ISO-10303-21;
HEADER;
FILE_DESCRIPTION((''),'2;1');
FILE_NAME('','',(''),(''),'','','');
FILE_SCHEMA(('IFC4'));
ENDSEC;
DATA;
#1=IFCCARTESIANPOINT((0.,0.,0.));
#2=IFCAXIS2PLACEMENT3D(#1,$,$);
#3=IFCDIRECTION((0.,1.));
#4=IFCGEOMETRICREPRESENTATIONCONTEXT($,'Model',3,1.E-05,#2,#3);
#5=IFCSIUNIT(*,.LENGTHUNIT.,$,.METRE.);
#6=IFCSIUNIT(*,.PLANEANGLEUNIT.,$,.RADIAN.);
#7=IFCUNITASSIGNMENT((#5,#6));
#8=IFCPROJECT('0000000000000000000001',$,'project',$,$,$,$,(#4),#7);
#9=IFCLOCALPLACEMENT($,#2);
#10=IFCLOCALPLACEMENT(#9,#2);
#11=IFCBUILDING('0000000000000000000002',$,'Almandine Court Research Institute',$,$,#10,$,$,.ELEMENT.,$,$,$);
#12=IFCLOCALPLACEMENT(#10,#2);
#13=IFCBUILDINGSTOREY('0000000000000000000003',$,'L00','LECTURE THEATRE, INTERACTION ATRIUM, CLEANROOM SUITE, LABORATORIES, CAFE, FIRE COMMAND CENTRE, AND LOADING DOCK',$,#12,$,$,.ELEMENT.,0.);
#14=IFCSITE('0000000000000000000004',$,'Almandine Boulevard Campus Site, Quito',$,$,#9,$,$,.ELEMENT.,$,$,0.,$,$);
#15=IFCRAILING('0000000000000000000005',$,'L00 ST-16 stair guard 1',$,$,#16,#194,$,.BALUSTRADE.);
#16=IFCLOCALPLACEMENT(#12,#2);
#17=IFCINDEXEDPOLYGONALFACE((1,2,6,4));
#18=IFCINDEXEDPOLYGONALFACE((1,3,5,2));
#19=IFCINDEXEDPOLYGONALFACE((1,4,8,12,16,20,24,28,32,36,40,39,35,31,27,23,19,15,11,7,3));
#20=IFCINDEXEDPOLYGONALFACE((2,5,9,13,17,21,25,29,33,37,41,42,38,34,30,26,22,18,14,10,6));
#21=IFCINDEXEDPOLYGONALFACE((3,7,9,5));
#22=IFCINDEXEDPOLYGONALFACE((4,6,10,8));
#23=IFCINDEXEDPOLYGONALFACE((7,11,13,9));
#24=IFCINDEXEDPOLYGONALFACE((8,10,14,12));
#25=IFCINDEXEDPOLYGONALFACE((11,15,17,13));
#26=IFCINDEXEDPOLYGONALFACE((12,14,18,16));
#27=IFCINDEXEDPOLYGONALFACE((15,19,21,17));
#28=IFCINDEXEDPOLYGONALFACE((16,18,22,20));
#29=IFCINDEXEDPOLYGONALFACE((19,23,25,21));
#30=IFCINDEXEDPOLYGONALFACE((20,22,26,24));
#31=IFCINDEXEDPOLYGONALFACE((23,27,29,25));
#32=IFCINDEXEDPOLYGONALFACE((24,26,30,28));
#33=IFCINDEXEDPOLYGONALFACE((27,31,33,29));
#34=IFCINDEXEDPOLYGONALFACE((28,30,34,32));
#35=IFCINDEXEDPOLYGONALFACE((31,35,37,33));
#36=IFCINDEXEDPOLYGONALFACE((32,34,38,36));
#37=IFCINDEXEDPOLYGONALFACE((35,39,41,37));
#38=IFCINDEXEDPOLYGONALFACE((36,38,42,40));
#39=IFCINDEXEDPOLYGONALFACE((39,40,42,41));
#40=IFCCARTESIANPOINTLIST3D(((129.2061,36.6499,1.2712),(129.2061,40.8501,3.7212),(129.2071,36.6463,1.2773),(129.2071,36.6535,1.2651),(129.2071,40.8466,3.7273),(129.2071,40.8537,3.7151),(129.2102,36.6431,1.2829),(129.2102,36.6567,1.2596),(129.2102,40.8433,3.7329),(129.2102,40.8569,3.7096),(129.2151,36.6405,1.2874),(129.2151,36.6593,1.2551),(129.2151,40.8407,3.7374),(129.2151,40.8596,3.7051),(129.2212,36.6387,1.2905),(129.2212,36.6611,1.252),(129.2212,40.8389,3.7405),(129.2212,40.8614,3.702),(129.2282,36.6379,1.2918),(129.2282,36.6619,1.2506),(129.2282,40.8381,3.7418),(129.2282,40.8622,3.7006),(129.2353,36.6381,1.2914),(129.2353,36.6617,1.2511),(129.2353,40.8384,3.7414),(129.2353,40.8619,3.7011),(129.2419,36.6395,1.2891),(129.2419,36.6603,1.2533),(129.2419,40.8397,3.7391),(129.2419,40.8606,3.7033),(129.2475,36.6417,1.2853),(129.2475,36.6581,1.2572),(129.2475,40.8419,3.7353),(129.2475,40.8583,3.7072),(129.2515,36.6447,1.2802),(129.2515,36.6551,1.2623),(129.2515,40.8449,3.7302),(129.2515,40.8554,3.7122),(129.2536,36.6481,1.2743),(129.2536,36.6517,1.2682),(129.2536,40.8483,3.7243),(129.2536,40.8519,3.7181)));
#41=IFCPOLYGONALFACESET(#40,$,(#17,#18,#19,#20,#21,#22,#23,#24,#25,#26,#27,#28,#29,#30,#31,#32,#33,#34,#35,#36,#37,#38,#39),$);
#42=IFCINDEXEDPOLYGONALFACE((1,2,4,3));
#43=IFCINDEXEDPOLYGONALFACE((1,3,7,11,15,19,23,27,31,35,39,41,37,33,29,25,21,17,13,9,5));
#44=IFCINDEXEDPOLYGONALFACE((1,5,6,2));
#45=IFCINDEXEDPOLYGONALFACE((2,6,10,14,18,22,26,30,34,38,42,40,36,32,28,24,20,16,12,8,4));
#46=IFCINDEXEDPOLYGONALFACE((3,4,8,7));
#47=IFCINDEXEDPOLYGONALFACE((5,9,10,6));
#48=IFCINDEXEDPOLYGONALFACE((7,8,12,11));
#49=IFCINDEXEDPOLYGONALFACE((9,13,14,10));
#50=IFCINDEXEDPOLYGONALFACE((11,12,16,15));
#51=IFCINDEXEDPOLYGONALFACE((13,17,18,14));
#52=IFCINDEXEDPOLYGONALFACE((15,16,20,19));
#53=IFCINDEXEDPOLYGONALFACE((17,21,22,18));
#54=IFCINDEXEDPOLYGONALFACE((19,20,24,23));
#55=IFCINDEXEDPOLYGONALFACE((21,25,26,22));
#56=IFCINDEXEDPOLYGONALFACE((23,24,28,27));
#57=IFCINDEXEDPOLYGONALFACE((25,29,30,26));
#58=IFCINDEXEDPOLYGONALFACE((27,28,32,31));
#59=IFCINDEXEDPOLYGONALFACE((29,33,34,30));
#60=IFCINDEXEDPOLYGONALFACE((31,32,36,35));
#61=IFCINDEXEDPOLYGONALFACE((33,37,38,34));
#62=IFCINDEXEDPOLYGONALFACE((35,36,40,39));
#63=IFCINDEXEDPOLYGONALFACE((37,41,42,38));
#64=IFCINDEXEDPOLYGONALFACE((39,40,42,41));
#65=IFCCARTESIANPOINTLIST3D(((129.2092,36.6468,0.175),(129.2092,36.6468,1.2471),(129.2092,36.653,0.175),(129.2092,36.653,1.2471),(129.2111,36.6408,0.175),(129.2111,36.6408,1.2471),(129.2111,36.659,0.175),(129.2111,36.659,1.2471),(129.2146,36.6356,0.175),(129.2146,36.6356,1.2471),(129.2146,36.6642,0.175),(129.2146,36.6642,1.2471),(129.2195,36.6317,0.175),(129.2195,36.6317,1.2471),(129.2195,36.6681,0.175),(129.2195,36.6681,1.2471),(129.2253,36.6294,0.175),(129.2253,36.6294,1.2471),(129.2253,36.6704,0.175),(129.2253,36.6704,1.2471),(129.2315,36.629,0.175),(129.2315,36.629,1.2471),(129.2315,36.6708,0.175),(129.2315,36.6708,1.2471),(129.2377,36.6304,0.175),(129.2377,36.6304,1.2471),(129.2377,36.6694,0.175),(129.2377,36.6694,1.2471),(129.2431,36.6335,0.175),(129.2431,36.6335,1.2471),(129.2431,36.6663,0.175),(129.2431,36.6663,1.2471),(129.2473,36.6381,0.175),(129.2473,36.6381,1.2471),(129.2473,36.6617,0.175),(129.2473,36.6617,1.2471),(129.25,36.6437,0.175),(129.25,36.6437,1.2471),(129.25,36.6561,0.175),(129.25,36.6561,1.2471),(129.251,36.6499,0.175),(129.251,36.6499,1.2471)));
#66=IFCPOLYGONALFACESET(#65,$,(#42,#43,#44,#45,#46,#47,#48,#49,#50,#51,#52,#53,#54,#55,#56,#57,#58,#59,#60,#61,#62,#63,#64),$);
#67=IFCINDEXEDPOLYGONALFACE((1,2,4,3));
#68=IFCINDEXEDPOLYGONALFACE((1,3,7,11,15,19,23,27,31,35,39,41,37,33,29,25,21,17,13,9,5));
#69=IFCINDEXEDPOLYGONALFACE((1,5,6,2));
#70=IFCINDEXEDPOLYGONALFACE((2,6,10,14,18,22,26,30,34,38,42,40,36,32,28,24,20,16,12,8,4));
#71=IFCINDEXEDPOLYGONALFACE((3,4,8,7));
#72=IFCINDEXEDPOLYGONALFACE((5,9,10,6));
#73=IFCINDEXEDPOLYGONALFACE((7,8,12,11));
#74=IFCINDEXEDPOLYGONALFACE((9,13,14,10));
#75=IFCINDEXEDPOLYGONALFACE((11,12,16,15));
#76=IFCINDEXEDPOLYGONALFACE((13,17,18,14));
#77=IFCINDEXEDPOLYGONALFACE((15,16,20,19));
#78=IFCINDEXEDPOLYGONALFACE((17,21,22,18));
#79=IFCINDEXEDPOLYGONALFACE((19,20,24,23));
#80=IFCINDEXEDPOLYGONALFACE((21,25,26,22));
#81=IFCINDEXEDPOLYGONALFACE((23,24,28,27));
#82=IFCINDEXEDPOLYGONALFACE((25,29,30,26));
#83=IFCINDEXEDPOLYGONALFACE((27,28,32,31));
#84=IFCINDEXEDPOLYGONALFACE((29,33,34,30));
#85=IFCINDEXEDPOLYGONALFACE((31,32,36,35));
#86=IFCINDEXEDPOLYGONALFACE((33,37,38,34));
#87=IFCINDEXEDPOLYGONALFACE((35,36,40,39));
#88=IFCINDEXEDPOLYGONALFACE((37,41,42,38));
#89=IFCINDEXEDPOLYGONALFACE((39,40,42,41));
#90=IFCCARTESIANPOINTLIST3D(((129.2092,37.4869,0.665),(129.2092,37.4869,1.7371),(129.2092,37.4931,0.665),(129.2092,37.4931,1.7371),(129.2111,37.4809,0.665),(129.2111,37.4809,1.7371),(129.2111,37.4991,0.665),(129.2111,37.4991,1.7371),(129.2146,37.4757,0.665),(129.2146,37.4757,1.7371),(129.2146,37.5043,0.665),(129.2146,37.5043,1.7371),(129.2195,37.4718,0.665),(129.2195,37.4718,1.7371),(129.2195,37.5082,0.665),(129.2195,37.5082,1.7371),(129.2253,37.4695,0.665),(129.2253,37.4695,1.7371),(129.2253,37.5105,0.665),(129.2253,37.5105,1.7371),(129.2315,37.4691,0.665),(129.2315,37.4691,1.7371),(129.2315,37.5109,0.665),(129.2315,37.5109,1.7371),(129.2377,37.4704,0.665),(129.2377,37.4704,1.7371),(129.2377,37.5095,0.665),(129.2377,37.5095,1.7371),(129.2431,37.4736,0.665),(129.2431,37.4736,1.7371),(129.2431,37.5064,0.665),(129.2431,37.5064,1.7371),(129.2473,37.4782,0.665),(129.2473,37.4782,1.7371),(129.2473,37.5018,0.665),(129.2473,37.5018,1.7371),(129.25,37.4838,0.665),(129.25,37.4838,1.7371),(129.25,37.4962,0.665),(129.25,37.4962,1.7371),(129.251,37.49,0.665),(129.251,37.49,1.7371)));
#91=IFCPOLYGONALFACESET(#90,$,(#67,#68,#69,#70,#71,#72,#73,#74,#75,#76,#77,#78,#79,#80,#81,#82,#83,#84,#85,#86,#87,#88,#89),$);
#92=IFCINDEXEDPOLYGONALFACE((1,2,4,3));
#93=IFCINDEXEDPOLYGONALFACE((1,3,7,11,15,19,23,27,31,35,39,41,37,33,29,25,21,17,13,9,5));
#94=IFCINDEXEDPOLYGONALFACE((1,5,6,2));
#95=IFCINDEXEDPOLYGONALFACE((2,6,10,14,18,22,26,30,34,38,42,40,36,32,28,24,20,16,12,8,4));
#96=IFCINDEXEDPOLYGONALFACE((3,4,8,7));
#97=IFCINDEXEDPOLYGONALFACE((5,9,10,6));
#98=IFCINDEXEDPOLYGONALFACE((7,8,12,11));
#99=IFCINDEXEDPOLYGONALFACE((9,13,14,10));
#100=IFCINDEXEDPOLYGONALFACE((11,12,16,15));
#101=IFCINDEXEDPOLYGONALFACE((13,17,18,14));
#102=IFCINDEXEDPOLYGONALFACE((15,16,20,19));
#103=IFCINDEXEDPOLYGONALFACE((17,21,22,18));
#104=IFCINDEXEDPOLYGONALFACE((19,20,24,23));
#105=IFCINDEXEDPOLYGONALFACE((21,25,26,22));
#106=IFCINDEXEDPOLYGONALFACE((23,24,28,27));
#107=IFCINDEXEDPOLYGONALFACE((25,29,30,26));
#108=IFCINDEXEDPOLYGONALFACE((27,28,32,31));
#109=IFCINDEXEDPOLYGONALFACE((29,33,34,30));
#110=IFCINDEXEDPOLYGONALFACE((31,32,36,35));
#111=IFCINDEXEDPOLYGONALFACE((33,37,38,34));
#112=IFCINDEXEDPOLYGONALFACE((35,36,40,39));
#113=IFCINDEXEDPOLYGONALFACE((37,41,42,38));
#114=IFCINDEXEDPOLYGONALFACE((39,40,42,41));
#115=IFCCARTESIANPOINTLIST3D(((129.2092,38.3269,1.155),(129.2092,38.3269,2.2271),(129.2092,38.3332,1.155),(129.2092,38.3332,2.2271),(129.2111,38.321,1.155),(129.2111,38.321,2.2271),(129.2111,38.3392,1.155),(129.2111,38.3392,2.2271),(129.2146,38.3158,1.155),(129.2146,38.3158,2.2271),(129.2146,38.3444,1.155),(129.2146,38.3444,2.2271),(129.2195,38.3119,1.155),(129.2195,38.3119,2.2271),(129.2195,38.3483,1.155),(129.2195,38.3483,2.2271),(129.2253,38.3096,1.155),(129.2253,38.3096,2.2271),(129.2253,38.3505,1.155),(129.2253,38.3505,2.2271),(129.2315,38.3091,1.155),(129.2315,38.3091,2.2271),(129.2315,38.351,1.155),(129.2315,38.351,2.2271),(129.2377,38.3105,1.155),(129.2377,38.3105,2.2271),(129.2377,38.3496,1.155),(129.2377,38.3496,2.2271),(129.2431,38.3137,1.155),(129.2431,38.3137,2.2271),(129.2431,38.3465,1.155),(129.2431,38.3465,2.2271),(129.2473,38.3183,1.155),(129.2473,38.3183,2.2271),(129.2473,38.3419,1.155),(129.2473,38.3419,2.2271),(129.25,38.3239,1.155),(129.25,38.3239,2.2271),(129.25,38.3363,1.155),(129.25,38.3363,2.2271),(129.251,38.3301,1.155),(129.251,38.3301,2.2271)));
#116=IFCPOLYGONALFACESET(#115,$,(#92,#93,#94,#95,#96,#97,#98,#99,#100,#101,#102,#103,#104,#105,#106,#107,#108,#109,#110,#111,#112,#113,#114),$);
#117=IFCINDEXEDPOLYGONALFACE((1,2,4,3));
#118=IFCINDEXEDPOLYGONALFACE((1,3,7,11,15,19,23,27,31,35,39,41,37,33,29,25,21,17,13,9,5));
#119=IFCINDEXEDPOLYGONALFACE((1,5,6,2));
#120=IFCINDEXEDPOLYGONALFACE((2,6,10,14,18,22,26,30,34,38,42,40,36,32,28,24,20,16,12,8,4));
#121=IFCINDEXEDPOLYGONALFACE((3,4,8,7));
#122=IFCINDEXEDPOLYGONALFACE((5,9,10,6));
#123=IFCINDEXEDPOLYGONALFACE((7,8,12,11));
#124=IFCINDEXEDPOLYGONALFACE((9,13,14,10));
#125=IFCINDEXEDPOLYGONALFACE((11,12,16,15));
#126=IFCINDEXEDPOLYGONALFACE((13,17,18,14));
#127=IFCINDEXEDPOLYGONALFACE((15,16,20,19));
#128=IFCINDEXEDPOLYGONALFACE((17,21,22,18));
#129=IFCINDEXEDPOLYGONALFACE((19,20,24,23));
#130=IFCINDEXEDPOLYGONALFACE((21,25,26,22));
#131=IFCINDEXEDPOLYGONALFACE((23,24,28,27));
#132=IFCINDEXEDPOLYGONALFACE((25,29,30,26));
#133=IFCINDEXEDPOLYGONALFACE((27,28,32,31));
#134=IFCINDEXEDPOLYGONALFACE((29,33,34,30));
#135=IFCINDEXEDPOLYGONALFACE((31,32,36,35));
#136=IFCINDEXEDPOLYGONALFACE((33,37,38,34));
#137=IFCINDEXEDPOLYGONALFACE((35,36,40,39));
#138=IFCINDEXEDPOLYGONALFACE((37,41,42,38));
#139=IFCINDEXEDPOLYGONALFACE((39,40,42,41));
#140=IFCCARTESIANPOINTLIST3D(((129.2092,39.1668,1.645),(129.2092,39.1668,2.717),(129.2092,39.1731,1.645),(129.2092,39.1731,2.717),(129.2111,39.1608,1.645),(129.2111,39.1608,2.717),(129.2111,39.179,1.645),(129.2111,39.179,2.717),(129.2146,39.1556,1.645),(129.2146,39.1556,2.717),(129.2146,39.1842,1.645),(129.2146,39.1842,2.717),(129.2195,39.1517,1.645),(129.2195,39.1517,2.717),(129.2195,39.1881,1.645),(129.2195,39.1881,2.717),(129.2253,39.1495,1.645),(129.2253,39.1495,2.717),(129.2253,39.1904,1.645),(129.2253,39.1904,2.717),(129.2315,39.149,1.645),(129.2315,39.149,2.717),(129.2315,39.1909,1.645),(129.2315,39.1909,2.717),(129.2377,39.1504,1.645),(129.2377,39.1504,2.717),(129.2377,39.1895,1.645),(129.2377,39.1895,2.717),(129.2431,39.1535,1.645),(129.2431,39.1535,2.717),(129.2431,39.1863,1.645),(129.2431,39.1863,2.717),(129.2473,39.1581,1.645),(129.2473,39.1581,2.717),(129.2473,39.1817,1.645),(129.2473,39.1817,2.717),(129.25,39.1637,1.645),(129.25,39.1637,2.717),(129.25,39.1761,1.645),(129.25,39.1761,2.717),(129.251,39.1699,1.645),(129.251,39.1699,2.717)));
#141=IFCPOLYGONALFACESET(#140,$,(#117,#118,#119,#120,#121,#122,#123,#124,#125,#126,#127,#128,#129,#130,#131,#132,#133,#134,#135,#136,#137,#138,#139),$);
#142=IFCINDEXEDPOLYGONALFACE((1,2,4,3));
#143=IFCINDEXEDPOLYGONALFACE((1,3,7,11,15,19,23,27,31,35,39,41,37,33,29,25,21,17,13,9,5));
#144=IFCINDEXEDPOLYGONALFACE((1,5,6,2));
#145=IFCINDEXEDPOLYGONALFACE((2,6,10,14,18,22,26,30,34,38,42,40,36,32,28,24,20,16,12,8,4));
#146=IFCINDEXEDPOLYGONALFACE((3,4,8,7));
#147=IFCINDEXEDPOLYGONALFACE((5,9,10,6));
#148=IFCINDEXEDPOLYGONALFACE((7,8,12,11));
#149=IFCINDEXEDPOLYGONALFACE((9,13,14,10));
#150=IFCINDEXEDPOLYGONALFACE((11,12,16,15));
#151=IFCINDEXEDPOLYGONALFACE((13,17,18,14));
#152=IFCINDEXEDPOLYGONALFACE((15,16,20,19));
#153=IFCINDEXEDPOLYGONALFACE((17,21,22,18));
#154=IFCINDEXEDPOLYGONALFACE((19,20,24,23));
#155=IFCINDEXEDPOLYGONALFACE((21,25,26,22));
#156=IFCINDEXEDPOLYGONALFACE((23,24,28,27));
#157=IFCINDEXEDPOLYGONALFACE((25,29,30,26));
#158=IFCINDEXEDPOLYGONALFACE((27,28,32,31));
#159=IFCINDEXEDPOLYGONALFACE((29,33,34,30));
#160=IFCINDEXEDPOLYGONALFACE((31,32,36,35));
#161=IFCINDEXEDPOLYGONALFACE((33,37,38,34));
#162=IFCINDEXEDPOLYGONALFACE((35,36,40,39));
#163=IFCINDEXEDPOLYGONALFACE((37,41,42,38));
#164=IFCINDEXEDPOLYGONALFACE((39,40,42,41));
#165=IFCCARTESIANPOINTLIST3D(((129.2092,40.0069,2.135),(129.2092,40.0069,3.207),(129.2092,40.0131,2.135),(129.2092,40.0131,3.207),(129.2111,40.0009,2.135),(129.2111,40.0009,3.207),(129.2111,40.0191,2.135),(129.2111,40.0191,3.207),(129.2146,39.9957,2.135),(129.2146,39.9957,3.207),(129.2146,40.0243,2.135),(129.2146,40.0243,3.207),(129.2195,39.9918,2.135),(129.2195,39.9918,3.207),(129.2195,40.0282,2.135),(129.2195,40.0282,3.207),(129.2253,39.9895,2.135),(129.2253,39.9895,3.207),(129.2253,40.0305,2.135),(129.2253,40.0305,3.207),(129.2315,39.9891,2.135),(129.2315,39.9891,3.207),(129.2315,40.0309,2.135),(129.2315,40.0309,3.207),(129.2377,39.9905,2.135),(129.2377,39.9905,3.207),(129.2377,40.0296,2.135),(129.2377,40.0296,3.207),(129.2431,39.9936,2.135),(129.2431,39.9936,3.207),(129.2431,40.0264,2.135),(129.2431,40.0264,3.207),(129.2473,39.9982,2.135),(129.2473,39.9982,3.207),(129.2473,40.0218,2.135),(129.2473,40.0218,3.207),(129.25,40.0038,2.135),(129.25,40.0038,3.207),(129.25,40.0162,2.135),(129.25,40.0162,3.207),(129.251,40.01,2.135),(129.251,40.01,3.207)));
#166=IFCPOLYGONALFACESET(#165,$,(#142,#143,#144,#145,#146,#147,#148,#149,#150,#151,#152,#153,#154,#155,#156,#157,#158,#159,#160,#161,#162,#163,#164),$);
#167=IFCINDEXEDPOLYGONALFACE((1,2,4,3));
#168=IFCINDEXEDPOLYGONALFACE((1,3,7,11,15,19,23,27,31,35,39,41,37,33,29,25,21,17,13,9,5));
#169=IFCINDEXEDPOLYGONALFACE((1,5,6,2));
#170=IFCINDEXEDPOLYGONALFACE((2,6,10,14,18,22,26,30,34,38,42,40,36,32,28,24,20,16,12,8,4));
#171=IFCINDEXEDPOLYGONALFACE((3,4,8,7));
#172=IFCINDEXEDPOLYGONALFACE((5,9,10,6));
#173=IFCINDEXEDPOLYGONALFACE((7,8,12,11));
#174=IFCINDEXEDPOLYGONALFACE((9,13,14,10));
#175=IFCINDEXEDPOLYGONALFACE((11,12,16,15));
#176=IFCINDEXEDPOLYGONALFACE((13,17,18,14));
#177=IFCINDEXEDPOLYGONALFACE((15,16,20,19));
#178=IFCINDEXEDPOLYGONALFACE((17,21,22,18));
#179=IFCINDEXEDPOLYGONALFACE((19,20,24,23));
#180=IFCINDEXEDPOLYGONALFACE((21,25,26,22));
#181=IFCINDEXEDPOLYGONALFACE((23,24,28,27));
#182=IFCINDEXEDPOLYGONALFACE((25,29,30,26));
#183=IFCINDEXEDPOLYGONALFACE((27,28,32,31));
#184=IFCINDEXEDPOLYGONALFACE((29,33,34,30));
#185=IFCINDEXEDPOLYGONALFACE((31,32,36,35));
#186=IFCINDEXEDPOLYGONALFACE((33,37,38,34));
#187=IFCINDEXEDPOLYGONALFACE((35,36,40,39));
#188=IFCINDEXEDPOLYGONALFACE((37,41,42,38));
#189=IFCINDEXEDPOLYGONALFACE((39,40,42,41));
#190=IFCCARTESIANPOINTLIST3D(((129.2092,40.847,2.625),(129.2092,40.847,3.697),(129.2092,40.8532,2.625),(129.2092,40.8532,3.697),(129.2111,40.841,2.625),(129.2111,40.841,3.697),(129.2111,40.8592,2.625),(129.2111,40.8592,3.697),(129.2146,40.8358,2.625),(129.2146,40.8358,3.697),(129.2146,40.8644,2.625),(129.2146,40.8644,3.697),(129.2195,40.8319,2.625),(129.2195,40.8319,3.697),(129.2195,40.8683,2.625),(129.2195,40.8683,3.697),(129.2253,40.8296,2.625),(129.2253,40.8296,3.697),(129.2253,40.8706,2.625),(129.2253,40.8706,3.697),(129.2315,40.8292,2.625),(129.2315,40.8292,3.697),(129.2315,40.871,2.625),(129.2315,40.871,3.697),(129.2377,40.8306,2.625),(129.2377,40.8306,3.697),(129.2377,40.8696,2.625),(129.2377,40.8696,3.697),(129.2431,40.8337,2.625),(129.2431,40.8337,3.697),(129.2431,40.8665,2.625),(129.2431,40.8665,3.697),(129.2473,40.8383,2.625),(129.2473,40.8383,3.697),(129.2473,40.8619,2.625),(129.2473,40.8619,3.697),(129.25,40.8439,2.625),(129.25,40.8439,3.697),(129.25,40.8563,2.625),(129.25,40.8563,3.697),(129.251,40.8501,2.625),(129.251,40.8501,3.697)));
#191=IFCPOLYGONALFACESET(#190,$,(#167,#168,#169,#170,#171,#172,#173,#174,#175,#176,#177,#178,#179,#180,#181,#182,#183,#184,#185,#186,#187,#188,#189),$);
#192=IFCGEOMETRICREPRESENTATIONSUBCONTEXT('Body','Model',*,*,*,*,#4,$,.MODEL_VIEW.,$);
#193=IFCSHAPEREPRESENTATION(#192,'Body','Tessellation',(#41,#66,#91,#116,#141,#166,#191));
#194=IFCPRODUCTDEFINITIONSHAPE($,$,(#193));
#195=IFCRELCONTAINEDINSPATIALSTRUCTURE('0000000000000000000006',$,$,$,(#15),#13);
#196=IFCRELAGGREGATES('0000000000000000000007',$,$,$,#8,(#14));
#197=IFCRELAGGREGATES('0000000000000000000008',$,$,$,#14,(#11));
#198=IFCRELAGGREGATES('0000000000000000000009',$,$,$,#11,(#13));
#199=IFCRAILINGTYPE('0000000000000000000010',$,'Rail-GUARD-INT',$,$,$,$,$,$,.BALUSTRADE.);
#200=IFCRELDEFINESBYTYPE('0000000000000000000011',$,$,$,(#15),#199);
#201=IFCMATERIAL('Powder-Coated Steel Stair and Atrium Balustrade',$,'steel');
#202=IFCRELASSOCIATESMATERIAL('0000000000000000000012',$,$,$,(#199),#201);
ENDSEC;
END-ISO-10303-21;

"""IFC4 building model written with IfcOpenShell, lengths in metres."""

from ifc_helpers import new_model, si_unit, direction, frame, origin, origin_2d, place, context, subcontext, project, spatial, circle, extrude, material, type_object, element, save


model = new_model("IFC4")

# Units and contexts
model_context = context("Model", 3, precision=1e-05, world=origin(), true_north=direction((0.0, 1.0)))
body_context = subcontext(model_context, "Body", "Model", "MODEL_VIEW")
ifc_project = project(units=[si_unit("LENGTHUNIT", "METRE"), si_unit("PLANEANGLEUNIT", "RADIAN")], contexts=[model_context])

# Site, building, storey
site_placement = place(None, origin())
site = spatial("IfcSite", under=ifc_project, at=site_placement, Name="Almandine Boulevard Campus Site, Quito", CompositionType="ELEMENT", RefElevation=0.0)
building_placement = place(site_placement, origin())
building = spatial("IfcBuilding", under=site, at=building_placement, Name="Almandine Court Research Institute", CompositionType="ELEMENT")
storey_placement = place(building_placement, origin())
storey = spatial("IfcBuildingStorey", under=building, at=storey_placement, Name="L00", Description="LECTURE THEATRE, INTERACTION ATRIUM, CLEANROOM SUITE, LABORATORIES, CAFE, FIRE COMMAND CENTRE, AND LOADING DOCK", CompositionType="ELEMENT", Elevation=0.0)

# Railing
ifc_material_1 = material(Name="Powder-Coated Steel Stair and Atrium Balustrade", Category="steel")
railing_type_1 = type_object("IfcRailingType", Name="Rail-GUARD-INT", PredefinedType="BALUSTRADE", material=ifc_material_1)
railing_1_placement = place(storey_placement, frame((129.23, 36.6499, 0.175)))
element("IfcRailing", 1, at=railing_1_placement, inside=storey, type_object=railing_type_1, Name="L00 ST-16 stair guard 1", PredefinedType="BALUSTRADE", context=body_context, shape_type="SweptSolid", body=[
    extrude(circle(Radius=0.0239, at=origin_2d()), frame((0.0, 0.0, 1.0962), z_axis=(0.0, 0.863793, 0.503846), x_axis=(-1.0, 0.0, 0.0)), (0.0, 0.0, 1.0), 4.8625),
    extrude(circle(Radius=0.021, at=origin_2d()), origin(), (0.0, 0.0, 1.0), 1.072),
    extrude(circle(Radius=0.021, at=origin_2d()), frame((0.0, 0.8401, 0.49)), (0.0, 0.0, 1.0), 1.072),
    extrude(circle(Radius=0.021, at=origin_2d()), frame((0.0, 1.6802, 0.98)), (0.0, 0.0, 1.0), 1.072),
    extrude(circle(Radius=0.021, at=origin_2d()), frame((0.0, 2.52, 1.47)), (0.0, 0.0, 1.0), 1.072),
    extrude(circle(Radius=0.021, at=origin_2d()), frame((0.0, 3.3601, 1.96)), (0.0, 0.0, 1.0), 1.072),
    extrude(circle(Radius=0.021, at=origin_2d()), frame((0.0, 4.2002, 2.45)), (0.0, 0.0, 1.0), 1.072),
])

save(model, "model.ifc")
